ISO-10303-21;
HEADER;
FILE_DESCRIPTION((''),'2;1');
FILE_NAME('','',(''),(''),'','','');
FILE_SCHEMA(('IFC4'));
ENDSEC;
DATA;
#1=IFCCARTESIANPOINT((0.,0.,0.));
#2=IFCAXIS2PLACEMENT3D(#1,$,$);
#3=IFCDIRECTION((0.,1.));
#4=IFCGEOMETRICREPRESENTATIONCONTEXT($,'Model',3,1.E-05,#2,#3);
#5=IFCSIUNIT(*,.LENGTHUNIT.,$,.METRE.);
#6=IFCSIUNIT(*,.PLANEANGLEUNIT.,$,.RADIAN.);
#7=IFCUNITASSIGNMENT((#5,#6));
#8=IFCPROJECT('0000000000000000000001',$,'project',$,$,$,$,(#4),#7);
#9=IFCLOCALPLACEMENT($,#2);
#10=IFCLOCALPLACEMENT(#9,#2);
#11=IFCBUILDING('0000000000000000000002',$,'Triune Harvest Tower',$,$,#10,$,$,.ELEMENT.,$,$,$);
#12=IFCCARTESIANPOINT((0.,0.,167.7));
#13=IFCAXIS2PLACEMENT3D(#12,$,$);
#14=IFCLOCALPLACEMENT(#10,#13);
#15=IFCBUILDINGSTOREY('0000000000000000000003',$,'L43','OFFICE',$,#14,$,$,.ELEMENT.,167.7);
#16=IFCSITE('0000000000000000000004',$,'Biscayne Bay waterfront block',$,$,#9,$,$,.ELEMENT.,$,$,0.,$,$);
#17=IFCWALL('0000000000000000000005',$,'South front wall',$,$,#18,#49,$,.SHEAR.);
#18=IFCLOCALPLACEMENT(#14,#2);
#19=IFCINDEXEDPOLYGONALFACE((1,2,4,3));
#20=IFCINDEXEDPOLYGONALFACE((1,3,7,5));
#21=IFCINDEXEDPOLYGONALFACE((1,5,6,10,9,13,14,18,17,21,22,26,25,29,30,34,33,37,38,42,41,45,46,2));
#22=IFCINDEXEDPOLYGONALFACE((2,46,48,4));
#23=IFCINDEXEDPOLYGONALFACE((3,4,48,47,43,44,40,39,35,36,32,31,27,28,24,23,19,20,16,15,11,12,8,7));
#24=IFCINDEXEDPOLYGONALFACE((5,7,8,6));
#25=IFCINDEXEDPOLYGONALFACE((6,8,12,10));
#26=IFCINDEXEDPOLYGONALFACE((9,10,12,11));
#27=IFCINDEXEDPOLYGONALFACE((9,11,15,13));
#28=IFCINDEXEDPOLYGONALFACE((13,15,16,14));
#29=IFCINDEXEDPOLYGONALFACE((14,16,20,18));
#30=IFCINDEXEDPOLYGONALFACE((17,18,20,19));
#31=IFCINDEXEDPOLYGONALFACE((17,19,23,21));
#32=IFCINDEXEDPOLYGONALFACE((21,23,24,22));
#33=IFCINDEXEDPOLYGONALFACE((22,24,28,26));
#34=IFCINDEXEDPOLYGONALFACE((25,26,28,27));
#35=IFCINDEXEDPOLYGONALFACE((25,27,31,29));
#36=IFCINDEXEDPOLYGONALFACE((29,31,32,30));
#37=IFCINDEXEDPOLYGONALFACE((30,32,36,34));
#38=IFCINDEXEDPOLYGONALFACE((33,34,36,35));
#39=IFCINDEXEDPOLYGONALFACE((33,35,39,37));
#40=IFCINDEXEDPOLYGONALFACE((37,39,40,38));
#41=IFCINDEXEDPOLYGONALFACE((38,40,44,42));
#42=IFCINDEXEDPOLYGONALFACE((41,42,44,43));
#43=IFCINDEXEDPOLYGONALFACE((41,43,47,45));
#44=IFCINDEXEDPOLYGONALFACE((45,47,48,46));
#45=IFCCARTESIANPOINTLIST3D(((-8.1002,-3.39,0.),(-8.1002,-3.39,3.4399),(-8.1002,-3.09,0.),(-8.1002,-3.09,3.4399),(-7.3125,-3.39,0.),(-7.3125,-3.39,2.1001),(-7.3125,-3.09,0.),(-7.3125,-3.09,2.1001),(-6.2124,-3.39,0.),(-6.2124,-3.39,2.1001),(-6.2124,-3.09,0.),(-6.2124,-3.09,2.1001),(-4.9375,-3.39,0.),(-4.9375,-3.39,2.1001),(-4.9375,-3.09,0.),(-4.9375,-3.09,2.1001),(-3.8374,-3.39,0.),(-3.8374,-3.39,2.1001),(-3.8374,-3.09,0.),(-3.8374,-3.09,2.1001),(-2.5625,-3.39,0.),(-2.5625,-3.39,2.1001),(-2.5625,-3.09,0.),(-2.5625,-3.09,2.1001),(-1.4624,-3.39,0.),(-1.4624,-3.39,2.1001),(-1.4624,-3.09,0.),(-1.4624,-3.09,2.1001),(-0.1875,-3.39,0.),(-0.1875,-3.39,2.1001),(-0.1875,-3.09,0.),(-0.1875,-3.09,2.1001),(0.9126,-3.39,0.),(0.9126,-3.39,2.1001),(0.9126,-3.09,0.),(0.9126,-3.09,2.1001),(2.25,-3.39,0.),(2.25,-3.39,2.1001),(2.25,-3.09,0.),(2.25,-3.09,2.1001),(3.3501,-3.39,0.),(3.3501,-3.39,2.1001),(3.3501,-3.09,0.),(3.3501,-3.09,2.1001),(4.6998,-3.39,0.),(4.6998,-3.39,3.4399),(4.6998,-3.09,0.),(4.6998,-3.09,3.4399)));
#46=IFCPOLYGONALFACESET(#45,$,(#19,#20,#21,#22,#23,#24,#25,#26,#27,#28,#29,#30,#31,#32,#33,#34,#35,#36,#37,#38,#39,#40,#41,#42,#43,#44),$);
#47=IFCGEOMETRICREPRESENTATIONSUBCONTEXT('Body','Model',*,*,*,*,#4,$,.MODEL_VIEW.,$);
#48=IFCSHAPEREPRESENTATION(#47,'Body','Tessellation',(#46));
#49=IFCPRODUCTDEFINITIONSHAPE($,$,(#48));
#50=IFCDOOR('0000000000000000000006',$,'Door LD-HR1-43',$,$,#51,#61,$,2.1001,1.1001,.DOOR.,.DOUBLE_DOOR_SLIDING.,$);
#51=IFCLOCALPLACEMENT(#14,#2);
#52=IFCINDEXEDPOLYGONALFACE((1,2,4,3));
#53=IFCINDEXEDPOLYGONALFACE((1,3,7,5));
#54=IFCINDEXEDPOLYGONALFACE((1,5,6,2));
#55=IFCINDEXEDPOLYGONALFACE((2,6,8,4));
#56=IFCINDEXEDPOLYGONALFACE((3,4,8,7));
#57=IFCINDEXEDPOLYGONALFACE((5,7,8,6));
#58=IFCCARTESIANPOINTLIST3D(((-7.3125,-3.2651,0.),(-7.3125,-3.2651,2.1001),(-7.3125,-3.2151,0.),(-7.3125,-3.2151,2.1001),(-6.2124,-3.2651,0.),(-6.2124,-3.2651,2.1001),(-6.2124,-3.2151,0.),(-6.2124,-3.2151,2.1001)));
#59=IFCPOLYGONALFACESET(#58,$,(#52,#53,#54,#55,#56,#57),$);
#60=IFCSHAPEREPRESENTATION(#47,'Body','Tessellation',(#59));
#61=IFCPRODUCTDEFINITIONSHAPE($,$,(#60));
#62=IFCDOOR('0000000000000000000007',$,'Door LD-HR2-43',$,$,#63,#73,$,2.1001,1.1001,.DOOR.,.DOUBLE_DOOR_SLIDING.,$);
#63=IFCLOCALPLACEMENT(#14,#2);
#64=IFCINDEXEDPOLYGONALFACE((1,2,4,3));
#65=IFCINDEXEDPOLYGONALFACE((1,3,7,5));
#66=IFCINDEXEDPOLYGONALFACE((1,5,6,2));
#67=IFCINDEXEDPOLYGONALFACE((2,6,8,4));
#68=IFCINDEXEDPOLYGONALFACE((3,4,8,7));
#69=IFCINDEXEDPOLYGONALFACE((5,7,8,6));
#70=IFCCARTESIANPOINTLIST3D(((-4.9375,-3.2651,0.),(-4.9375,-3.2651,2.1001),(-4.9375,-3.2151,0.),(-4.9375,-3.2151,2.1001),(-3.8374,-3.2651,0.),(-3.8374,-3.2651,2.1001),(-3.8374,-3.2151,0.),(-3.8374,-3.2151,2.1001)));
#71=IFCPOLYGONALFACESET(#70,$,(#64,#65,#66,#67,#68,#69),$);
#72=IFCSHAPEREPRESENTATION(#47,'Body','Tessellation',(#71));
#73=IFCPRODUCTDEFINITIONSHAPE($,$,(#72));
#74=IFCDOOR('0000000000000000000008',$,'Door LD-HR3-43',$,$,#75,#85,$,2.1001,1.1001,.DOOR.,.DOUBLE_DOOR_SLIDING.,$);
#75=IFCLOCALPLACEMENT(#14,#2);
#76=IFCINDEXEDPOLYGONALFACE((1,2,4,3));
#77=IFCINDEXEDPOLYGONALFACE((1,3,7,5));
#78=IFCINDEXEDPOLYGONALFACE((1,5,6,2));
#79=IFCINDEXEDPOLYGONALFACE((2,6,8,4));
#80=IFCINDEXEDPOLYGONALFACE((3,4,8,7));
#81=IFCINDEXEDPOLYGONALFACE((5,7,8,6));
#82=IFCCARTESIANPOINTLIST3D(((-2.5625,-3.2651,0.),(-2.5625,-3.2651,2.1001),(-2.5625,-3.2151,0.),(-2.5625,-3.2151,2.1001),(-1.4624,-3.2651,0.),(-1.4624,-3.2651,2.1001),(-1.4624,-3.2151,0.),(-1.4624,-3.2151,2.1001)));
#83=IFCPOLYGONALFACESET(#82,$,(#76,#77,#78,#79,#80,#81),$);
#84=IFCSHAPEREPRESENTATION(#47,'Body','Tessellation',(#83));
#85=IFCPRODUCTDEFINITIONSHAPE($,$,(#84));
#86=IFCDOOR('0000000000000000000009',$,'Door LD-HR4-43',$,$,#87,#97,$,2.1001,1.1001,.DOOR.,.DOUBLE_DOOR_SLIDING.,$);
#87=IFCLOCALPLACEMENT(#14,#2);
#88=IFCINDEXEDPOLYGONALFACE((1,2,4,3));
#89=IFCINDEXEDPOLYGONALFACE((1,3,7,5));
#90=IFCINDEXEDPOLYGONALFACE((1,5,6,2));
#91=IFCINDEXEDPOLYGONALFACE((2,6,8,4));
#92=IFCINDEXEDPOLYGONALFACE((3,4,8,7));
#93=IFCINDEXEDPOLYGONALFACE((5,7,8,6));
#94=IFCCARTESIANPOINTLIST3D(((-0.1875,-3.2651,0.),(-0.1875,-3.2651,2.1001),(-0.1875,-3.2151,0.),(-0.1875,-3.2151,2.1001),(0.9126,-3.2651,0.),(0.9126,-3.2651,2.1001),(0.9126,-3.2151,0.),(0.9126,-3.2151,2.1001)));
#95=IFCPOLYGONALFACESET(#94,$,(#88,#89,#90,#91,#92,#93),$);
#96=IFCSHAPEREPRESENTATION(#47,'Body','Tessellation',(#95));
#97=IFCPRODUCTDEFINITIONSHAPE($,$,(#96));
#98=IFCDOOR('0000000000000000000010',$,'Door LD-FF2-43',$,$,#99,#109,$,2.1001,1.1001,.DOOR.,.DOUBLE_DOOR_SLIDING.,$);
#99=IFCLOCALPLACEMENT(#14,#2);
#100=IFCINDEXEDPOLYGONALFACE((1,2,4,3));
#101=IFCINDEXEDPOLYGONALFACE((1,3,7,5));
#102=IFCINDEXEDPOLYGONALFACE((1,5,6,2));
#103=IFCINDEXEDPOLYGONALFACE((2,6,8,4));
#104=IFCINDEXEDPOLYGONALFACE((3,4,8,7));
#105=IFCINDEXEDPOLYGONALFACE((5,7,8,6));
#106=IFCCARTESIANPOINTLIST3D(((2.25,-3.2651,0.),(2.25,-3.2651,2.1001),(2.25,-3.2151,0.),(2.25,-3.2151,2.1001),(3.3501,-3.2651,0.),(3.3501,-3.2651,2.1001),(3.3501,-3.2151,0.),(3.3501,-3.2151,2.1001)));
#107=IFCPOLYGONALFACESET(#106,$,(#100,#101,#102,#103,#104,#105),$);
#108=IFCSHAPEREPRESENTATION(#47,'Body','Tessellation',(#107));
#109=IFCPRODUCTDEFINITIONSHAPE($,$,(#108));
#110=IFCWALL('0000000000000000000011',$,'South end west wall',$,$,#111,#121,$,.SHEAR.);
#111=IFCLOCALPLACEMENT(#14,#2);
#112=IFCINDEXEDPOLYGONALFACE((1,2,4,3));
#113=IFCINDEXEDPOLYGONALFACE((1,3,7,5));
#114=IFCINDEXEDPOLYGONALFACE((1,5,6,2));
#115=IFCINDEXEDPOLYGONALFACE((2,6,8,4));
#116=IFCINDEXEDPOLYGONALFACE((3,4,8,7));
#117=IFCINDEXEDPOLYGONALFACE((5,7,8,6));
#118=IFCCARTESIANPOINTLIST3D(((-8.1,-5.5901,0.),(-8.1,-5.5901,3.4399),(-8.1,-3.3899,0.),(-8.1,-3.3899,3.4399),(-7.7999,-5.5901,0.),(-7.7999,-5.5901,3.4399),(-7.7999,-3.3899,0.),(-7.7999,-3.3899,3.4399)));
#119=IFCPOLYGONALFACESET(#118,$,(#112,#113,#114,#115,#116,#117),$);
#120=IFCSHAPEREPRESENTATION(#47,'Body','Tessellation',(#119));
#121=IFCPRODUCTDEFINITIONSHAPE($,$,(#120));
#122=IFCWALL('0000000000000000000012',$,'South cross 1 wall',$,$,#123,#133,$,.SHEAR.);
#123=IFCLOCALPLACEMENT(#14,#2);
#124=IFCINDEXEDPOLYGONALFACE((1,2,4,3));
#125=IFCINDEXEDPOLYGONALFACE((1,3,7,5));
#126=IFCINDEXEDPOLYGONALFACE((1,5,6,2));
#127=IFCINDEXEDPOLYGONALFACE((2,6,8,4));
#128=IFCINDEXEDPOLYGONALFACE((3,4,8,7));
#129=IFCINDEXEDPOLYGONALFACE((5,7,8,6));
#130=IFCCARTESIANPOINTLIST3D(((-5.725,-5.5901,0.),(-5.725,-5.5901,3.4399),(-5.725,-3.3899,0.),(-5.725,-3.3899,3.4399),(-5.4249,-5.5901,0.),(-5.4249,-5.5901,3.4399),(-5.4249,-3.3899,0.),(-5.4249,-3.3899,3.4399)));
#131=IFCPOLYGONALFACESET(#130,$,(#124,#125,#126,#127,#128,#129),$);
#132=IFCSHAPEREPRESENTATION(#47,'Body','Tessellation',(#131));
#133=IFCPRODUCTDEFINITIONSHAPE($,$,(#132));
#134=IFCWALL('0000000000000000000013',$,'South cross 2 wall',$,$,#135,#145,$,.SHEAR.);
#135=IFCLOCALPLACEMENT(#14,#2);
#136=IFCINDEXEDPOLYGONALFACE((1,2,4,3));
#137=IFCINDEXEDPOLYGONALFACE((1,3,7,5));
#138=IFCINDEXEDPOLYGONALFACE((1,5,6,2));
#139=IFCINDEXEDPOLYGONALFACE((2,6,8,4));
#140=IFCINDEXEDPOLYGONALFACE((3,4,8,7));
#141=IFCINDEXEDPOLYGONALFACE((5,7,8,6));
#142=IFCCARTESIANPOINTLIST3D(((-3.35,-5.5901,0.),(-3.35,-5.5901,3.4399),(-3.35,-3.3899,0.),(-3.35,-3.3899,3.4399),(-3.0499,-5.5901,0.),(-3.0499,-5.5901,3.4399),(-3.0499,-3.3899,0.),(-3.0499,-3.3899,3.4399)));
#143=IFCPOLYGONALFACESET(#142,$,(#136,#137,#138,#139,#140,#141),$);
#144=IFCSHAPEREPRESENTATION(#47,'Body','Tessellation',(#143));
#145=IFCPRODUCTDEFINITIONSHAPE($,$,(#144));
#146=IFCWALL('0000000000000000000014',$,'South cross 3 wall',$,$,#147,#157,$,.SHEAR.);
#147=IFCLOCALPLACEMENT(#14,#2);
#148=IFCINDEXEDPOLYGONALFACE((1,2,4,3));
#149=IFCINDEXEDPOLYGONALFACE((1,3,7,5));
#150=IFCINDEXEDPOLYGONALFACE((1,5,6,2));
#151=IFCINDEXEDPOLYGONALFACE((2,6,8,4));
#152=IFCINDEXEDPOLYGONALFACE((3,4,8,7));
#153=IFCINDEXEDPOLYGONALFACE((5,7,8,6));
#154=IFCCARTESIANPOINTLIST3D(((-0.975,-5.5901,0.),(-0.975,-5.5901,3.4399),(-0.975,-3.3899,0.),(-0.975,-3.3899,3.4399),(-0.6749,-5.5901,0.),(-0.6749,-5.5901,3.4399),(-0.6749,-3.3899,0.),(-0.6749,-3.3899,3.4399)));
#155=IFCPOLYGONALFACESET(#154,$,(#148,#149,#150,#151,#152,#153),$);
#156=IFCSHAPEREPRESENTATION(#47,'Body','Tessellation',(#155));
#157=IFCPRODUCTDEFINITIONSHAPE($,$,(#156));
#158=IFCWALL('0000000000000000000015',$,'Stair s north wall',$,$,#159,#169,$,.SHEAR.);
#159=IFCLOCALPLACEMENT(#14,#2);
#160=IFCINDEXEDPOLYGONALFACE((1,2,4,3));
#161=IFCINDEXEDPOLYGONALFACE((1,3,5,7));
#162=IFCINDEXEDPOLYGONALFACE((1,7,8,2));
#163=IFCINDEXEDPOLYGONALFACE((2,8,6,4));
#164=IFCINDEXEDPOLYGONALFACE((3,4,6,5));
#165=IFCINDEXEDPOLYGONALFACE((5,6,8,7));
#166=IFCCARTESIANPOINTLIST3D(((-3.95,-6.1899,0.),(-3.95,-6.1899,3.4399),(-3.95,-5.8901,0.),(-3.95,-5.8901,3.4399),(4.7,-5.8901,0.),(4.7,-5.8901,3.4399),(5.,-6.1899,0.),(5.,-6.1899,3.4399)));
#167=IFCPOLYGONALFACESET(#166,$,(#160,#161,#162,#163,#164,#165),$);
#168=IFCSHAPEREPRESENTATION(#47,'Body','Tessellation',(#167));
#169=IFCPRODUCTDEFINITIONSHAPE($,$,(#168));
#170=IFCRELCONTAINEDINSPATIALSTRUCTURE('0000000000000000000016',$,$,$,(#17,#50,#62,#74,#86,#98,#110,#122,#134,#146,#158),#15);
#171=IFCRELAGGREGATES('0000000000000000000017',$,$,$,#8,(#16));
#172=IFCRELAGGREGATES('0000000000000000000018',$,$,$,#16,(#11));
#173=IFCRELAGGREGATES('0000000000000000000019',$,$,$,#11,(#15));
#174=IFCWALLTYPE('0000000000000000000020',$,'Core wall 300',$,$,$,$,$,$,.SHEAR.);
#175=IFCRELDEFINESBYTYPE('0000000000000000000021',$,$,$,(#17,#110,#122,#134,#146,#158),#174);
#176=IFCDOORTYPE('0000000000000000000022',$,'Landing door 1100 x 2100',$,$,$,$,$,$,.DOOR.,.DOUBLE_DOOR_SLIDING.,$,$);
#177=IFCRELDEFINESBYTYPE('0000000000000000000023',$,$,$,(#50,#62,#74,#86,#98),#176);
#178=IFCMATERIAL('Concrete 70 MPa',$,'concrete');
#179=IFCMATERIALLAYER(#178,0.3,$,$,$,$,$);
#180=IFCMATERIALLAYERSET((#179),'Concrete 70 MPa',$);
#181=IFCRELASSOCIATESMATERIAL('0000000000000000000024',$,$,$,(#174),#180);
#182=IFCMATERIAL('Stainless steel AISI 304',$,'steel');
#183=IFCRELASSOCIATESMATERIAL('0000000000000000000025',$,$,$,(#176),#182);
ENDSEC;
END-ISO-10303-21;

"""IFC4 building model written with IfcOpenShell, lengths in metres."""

from ifc_helpers import new_model, si_unit, direction, frame, frame_2d, origin, place, context, subcontext, project, spatial, polyline, rectangle, outline, extrude, source, transform, mapped, material, layer, layer_set, type_object, element, fill, save


model = new_model("IFC4")

# Units and contexts
model_context = context("Model", 3, precision=1e-05, world=origin(), true_north=direction((0.0, 1.0)))
body_context = subcontext(model_context, "Body", "Model", "MODEL_VIEW")
ifc_project = project(units=[si_unit("LENGTHUNIT", "METRE"), si_unit("PLANEANGLEUNIT", "RADIAN")], contexts=[model_context])

# Site, building, storey
site_placement = place(None, origin())
site = spatial("IfcSite", under=ifc_project, at=site_placement, Name="Biscayne Bay waterfront block", CompositionType="ELEMENT", RefElevation=0.0)
building_placement = place(site_placement, origin())
building = spatial("IfcBuilding", under=site, at=building_placement, Name="Triune Harvest Tower", CompositionType="ELEMENT")
storey_placement = place(building_placement, frame((0.0, 0.0, 167.7)))
storey = spatial("IfcBuildingStorey", under=building, at=storey_placement, Name="L43", Description="OFFICE", CompositionType="ELEMENT", Elevation=167.7)

# Wall, openings, doors
ifc_material_1 = material(Name="Concrete 70 MPa", Category="concrete")
ifc_layer_1 = layer(ifc_material_1, 0.3)
ifc_layer_set_1 = layer_set([ifc_layer_1], Name="Concrete 70 MPa")
wall_type_1 = type_object("IfcWallType", Name="Core wall 300", PredefinedType="SHEAR", material=ifc_layer_set_1)
shared_shape_1 = source(origin(), body_context, "Body", "SweptSolid", [
    extrude(rectangle(XDim=12.8, YDim=0.3, at=frame_2d((6.3999, 0.0))), origin(), (0.0, 0.0, 1.0), 3.4399),
])
wall_1_placement = place(storey_placement, frame((-8.1001, -3.24, 0.0), z_axis=(0.0, 0.0, 1.0), x_axis=(1.0, 0.0, 0.0)))
wall_1 = element("IfcWall", 1, at=wall_1_placement, inside=storey, type_object=wall_type_1, Name="South front wall", PredefinedType="SHEAR", context=body_context, shape_type="MappedRepresentation", body=[
    mapped(shared_shape_1, transform((0.0, 0.0, 0.0), scale=1.0)),
])
opening_1_placement = place(wall_1_placement, frame((0.7876, 0.0, 0.0)))
opening_1 = element("IfcOpeningElement", 2, at=opening_1_placement, cuts=wall_1, PredefinedType="OPENING", context=body_context, shape_type="SweptSolid", body=[
    extrude(rectangle(XDim=1.1001, YDim=2.1001, at=frame_2d((0.55, 1.05))), frame((0.0, 0.1602, 0.0), z_axis=(0.0, -1.0, 0.0), x_axis=(1.0, 0.0, 0.0)), (0.0, 0.0, 1.0), 0.3201),
])
opening_2_placement = place(wall_1_placement, frame((3.1626, 0.0, 0.0)))
opening_2 = element("IfcOpeningElement", 3, at=opening_2_placement, cuts=wall_1, PredefinedType="OPENING", context=body_context, shape_type="SweptSolid", body=[
    extrude(rectangle(XDim=1.1001, YDim=2.1001, at=frame_2d((0.55, 1.05))), frame((0.0, 0.1602, 0.0), z_axis=(0.0, -1.0, 0.0), x_axis=(1.0, 0.0, 0.0)), (0.0, 0.0, 1.0), 0.3201),
])
opening_3_placement = place(wall_1_placement, frame((5.5376, 0.0, 0.0)))
opening_3 = element("IfcOpeningElement", 4, at=opening_3_placement, cuts=wall_1, PredefinedType="OPENING", context=body_context, shape_type="SweptSolid", body=[
    extrude(rectangle(XDim=1.1001, YDim=2.1001, at=frame_2d((0.55, 1.05))), frame((0.0, 0.1602, 0.0), z_axis=(0.0, -1.0, 0.0), x_axis=(1.0, 0.0, 0.0)), (0.0, 0.0, 1.0), 0.3201),
])
opening_4_placement = place(wall_1_placement, frame((7.9126, 0.0, 0.0)))
opening_4 = element("IfcOpeningElement", 5, at=opening_4_placement, cuts=wall_1, PredefinedType="OPENING", context=body_context, shape_type="SweptSolid", body=[
    extrude(rectangle(XDim=1.1001, YDim=2.1001, at=frame_2d((0.55, 1.05))), frame((0.0, 0.1602, 0.0), z_axis=(0.0, -1.0, 0.0), x_axis=(1.0, 0.0, 0.0)), (0.0, 0.0, 1.0), 0.3201),
])
opening_5_placement = place(wall_1_placement, frame((10.3501, 0.0, 0.0)))
opening_5 = element("IfcOpeningElement", 6, at=opening_5_placement, cuts=wall_1, PredefinedType="OPENING", context=body_context, shape_type="SweptSolid", body=[
    extrude(rectangle(XDim=1.1001, YDim=2.1001, at=frame_2d((0.55, 1.05))), frame((0.0, 0.1602, 0.0), z_axis=(0.0, -1.0, 0.0), x_axis=(1.0, 0.0, 0.0)), (0.0, 0.0, 1.0), 0.3201),
])
ifc_material_2 = material(Name="Stainless steel AISI 304", Category="steel")
door_type_1 = type_object("IfcDoorType", Name="Landing door 1100 x 2100", OperationType="DOUBLE_DOOR_SLIDING", PredefinedType="DOOR", material=ifc_material_2)
door_1_placement = place(opening_1_placement, origin())
door_1 = element("IfcDoor", 7, at=door_1_placement, inside=storey, type_object=door_type_1, Name="Door LD-HR1-43", OperationType="DOUBLE_DOOR_SLIDING", OverallHeight=2.1001, OverallWidth=1.1001, PredefinedType="DOOR", context=body_context, shape_type="SweptSolid", body=[
    extrude(rectangle(XDim=1.1001, YDim=2.1001, at=frame_2d((0.55, 1.05))), frame((0.0, 0.0249, 0.0), z_axis=(0.0, -1.0, 0.0), x_axis=(1.0, 0.0, 0.0)), (0.0, 0.0, 1.0), 0.05),
])
fill(opening_1, door_1)
door_2_placement = place(opening_2_placement, origin())
door_2 = element("IfcDoor", 8, at=door_2_placement, inside=storey, type_object=door_type_1, Name="Door LD-HR2-43", OperationType="DOUBLE_DOOR_SLIDING", OverallHeight=2.1001, OverallWidth=1.1001, PredefinedType="DOOR", context=body_context, shape_type="SweptSolid", body=[
    extrude(rectangle(XDim=1.1001, YDim=2.1001, at=frame_2d((0.55, 1.05))), frame((0.0, 0.0249, 0.0), z_axis=(0.0, -1.0, 0.0), x_axis=(1.0, 0.0, 0.0)), (0.0, 0.0, 1.0), 0.05),
])
fill(opening_2, door_2)
door_3_placement = place(opening_3_placement, origin())
door_3 = element("IfcDoor", 9, at=door_3_placement, inside=storey, type_object=door_type_1, Name="Door LD-HR3-43", OperationType="DOUBLE_DOOR_SLIDING", OverallHeight=2.1001, OverallWidth=1.1001, PredefinedType="DOOR", context=body_context, shape_type="SweptSolid", body=[
    extrude(rectangle(XDim=1.1001, YDim=2.1001, at=frame_2d((0.55, 1.05))), frame((0.0, 0.0249, 0.0), z_axis=(0.0, -1.0, 0.0), x_axis=(1.0, 0.0, 0.0)), (0.0, 0.0, 1.0), 0.05),
])
fill(opening_3, door_3)
door_4_placement = place(opening_4_placement, origin())
door_4 = element("IfcDoor", 10, at=door_4_placement, inside=storey, type_object=door_type_1, Name="Door LD-HR4-43", OperationType="DOUBLE_DOOR_SLIDING", OverallHeight=2.1001, OverallWidth=1.1001, PredefinedType="DOOR", context=body_context, shape_type="SweptSolid", body=[
    extrude(rectangle(XDim=1.1001, YDim=2.1001, at=frame_2d((0.55, 1.05))), frame((0.0, 0.0249, 0.0), z_axis=(0.0, -1.0, 0.0), x_axis=(1.0, 0.0, 0.0)), (0.0, 0.0, 1.0), 0.05),
])
fill(opening_4, door_4)
door_5_placement = place(opening_5_placement, origin())
door_5 = element("IfcDoor", 11, at=door_5_placement, inside=storey, type_object=door_type_1, Name="Door LD-FF2-43", OperationType="DOUBLE_DOOR_SLIDING", OverallHeight=2.1001, OverallWidth=1.1001, PredefinedType="DOOR", context=body_context, shape_type="SweptSolid", body=[
    extrude(rectangle(XDim=1.1001, YDim=2.1001, at=frame_2d((0.55, 1.05))), frame((0.0, 0.0249, 0.0), z_axis=(0.0, -1.0, 0.0), x_axis=(1.0, 0.0, 0.0)), (0.0, 0.0, 1.0), 0.05),
])
fill(opening_5, door_5)

# Walls
shared_shape_2 = source(origin(), body_context, "Body", "SweptSolid", [
    extrude(rectangle(XDim=2.2002, YDim=0.3, at=frame_2d((1.1001, 0.0))), origin(), (0.0, 0.0, 1.0), 3.4399),
])
for number, where, z_axis, x_axis, name in (
    (12, (-7.95, -5.5901, 0.0), (0.0, 0.0, 1.0), (0.0, 1.0, 0.0), "South end west wall"),
    (13, (-5.575, -5.5901, 0.0), (0.0, 0.0, 1.0), (0.0, 1.0, 0.0), "South cross 1 wall"),
    (14, (-3.2, -5.5901, 0.0), (0.0, 0.0, 1.0), (0.0, 1.0, 0.0), "South cross 2 wall"),
    (15, (-0.825, -5.5901, 0.0), (0.0, 0.0, 1.0), (0.0, 1.0, 0.0), "South cross 3 wall"),
):
    element("IfcWall", number, at=place(storey_placement, frame(where, z_axis=z_axis, x_axis=x_axis)), inside=storey, type_object=wall_type_1, Name=name, PredefinedType="SHEAR", context=body_context, shape_type="MappedRepresentation", body=[
        mapped(shared_shape_2, transform((0.0, 0.0, 0.0), scale=1.0)),
    ])
shared_shape_3 = source(origin(), body_context, "Body", "SweptSolid", [
    extrude(outline(polyline([(0.0, -0.1499), (8.95, -0.1499), (8.6499, 0.1499), (0.0, 0.1499), (0.0, -0.1499)])), origin(), (0.0, 0.0, 1.0), 3.4399),
])
wall_2_placement = place(storey_placement, frame((-3.95, -6.04, 0.0), z_axis=(0.0, 0.0, 1.0), x_axis=(1.0, 0.0, 0.0)))
element("IfcWall", 16, at=wall_2_placement, inside=storey, type_object=wall_type_1, Name="Stair s north wall", PredefinedType="SHEAR", context=body_context, shape_type="MappedRepresentation", body=[
    mapped(shared_shape_3, transform((0.0, 0.0, 0.0), scale=1.0)),
])

save(model, "model.ifc")
